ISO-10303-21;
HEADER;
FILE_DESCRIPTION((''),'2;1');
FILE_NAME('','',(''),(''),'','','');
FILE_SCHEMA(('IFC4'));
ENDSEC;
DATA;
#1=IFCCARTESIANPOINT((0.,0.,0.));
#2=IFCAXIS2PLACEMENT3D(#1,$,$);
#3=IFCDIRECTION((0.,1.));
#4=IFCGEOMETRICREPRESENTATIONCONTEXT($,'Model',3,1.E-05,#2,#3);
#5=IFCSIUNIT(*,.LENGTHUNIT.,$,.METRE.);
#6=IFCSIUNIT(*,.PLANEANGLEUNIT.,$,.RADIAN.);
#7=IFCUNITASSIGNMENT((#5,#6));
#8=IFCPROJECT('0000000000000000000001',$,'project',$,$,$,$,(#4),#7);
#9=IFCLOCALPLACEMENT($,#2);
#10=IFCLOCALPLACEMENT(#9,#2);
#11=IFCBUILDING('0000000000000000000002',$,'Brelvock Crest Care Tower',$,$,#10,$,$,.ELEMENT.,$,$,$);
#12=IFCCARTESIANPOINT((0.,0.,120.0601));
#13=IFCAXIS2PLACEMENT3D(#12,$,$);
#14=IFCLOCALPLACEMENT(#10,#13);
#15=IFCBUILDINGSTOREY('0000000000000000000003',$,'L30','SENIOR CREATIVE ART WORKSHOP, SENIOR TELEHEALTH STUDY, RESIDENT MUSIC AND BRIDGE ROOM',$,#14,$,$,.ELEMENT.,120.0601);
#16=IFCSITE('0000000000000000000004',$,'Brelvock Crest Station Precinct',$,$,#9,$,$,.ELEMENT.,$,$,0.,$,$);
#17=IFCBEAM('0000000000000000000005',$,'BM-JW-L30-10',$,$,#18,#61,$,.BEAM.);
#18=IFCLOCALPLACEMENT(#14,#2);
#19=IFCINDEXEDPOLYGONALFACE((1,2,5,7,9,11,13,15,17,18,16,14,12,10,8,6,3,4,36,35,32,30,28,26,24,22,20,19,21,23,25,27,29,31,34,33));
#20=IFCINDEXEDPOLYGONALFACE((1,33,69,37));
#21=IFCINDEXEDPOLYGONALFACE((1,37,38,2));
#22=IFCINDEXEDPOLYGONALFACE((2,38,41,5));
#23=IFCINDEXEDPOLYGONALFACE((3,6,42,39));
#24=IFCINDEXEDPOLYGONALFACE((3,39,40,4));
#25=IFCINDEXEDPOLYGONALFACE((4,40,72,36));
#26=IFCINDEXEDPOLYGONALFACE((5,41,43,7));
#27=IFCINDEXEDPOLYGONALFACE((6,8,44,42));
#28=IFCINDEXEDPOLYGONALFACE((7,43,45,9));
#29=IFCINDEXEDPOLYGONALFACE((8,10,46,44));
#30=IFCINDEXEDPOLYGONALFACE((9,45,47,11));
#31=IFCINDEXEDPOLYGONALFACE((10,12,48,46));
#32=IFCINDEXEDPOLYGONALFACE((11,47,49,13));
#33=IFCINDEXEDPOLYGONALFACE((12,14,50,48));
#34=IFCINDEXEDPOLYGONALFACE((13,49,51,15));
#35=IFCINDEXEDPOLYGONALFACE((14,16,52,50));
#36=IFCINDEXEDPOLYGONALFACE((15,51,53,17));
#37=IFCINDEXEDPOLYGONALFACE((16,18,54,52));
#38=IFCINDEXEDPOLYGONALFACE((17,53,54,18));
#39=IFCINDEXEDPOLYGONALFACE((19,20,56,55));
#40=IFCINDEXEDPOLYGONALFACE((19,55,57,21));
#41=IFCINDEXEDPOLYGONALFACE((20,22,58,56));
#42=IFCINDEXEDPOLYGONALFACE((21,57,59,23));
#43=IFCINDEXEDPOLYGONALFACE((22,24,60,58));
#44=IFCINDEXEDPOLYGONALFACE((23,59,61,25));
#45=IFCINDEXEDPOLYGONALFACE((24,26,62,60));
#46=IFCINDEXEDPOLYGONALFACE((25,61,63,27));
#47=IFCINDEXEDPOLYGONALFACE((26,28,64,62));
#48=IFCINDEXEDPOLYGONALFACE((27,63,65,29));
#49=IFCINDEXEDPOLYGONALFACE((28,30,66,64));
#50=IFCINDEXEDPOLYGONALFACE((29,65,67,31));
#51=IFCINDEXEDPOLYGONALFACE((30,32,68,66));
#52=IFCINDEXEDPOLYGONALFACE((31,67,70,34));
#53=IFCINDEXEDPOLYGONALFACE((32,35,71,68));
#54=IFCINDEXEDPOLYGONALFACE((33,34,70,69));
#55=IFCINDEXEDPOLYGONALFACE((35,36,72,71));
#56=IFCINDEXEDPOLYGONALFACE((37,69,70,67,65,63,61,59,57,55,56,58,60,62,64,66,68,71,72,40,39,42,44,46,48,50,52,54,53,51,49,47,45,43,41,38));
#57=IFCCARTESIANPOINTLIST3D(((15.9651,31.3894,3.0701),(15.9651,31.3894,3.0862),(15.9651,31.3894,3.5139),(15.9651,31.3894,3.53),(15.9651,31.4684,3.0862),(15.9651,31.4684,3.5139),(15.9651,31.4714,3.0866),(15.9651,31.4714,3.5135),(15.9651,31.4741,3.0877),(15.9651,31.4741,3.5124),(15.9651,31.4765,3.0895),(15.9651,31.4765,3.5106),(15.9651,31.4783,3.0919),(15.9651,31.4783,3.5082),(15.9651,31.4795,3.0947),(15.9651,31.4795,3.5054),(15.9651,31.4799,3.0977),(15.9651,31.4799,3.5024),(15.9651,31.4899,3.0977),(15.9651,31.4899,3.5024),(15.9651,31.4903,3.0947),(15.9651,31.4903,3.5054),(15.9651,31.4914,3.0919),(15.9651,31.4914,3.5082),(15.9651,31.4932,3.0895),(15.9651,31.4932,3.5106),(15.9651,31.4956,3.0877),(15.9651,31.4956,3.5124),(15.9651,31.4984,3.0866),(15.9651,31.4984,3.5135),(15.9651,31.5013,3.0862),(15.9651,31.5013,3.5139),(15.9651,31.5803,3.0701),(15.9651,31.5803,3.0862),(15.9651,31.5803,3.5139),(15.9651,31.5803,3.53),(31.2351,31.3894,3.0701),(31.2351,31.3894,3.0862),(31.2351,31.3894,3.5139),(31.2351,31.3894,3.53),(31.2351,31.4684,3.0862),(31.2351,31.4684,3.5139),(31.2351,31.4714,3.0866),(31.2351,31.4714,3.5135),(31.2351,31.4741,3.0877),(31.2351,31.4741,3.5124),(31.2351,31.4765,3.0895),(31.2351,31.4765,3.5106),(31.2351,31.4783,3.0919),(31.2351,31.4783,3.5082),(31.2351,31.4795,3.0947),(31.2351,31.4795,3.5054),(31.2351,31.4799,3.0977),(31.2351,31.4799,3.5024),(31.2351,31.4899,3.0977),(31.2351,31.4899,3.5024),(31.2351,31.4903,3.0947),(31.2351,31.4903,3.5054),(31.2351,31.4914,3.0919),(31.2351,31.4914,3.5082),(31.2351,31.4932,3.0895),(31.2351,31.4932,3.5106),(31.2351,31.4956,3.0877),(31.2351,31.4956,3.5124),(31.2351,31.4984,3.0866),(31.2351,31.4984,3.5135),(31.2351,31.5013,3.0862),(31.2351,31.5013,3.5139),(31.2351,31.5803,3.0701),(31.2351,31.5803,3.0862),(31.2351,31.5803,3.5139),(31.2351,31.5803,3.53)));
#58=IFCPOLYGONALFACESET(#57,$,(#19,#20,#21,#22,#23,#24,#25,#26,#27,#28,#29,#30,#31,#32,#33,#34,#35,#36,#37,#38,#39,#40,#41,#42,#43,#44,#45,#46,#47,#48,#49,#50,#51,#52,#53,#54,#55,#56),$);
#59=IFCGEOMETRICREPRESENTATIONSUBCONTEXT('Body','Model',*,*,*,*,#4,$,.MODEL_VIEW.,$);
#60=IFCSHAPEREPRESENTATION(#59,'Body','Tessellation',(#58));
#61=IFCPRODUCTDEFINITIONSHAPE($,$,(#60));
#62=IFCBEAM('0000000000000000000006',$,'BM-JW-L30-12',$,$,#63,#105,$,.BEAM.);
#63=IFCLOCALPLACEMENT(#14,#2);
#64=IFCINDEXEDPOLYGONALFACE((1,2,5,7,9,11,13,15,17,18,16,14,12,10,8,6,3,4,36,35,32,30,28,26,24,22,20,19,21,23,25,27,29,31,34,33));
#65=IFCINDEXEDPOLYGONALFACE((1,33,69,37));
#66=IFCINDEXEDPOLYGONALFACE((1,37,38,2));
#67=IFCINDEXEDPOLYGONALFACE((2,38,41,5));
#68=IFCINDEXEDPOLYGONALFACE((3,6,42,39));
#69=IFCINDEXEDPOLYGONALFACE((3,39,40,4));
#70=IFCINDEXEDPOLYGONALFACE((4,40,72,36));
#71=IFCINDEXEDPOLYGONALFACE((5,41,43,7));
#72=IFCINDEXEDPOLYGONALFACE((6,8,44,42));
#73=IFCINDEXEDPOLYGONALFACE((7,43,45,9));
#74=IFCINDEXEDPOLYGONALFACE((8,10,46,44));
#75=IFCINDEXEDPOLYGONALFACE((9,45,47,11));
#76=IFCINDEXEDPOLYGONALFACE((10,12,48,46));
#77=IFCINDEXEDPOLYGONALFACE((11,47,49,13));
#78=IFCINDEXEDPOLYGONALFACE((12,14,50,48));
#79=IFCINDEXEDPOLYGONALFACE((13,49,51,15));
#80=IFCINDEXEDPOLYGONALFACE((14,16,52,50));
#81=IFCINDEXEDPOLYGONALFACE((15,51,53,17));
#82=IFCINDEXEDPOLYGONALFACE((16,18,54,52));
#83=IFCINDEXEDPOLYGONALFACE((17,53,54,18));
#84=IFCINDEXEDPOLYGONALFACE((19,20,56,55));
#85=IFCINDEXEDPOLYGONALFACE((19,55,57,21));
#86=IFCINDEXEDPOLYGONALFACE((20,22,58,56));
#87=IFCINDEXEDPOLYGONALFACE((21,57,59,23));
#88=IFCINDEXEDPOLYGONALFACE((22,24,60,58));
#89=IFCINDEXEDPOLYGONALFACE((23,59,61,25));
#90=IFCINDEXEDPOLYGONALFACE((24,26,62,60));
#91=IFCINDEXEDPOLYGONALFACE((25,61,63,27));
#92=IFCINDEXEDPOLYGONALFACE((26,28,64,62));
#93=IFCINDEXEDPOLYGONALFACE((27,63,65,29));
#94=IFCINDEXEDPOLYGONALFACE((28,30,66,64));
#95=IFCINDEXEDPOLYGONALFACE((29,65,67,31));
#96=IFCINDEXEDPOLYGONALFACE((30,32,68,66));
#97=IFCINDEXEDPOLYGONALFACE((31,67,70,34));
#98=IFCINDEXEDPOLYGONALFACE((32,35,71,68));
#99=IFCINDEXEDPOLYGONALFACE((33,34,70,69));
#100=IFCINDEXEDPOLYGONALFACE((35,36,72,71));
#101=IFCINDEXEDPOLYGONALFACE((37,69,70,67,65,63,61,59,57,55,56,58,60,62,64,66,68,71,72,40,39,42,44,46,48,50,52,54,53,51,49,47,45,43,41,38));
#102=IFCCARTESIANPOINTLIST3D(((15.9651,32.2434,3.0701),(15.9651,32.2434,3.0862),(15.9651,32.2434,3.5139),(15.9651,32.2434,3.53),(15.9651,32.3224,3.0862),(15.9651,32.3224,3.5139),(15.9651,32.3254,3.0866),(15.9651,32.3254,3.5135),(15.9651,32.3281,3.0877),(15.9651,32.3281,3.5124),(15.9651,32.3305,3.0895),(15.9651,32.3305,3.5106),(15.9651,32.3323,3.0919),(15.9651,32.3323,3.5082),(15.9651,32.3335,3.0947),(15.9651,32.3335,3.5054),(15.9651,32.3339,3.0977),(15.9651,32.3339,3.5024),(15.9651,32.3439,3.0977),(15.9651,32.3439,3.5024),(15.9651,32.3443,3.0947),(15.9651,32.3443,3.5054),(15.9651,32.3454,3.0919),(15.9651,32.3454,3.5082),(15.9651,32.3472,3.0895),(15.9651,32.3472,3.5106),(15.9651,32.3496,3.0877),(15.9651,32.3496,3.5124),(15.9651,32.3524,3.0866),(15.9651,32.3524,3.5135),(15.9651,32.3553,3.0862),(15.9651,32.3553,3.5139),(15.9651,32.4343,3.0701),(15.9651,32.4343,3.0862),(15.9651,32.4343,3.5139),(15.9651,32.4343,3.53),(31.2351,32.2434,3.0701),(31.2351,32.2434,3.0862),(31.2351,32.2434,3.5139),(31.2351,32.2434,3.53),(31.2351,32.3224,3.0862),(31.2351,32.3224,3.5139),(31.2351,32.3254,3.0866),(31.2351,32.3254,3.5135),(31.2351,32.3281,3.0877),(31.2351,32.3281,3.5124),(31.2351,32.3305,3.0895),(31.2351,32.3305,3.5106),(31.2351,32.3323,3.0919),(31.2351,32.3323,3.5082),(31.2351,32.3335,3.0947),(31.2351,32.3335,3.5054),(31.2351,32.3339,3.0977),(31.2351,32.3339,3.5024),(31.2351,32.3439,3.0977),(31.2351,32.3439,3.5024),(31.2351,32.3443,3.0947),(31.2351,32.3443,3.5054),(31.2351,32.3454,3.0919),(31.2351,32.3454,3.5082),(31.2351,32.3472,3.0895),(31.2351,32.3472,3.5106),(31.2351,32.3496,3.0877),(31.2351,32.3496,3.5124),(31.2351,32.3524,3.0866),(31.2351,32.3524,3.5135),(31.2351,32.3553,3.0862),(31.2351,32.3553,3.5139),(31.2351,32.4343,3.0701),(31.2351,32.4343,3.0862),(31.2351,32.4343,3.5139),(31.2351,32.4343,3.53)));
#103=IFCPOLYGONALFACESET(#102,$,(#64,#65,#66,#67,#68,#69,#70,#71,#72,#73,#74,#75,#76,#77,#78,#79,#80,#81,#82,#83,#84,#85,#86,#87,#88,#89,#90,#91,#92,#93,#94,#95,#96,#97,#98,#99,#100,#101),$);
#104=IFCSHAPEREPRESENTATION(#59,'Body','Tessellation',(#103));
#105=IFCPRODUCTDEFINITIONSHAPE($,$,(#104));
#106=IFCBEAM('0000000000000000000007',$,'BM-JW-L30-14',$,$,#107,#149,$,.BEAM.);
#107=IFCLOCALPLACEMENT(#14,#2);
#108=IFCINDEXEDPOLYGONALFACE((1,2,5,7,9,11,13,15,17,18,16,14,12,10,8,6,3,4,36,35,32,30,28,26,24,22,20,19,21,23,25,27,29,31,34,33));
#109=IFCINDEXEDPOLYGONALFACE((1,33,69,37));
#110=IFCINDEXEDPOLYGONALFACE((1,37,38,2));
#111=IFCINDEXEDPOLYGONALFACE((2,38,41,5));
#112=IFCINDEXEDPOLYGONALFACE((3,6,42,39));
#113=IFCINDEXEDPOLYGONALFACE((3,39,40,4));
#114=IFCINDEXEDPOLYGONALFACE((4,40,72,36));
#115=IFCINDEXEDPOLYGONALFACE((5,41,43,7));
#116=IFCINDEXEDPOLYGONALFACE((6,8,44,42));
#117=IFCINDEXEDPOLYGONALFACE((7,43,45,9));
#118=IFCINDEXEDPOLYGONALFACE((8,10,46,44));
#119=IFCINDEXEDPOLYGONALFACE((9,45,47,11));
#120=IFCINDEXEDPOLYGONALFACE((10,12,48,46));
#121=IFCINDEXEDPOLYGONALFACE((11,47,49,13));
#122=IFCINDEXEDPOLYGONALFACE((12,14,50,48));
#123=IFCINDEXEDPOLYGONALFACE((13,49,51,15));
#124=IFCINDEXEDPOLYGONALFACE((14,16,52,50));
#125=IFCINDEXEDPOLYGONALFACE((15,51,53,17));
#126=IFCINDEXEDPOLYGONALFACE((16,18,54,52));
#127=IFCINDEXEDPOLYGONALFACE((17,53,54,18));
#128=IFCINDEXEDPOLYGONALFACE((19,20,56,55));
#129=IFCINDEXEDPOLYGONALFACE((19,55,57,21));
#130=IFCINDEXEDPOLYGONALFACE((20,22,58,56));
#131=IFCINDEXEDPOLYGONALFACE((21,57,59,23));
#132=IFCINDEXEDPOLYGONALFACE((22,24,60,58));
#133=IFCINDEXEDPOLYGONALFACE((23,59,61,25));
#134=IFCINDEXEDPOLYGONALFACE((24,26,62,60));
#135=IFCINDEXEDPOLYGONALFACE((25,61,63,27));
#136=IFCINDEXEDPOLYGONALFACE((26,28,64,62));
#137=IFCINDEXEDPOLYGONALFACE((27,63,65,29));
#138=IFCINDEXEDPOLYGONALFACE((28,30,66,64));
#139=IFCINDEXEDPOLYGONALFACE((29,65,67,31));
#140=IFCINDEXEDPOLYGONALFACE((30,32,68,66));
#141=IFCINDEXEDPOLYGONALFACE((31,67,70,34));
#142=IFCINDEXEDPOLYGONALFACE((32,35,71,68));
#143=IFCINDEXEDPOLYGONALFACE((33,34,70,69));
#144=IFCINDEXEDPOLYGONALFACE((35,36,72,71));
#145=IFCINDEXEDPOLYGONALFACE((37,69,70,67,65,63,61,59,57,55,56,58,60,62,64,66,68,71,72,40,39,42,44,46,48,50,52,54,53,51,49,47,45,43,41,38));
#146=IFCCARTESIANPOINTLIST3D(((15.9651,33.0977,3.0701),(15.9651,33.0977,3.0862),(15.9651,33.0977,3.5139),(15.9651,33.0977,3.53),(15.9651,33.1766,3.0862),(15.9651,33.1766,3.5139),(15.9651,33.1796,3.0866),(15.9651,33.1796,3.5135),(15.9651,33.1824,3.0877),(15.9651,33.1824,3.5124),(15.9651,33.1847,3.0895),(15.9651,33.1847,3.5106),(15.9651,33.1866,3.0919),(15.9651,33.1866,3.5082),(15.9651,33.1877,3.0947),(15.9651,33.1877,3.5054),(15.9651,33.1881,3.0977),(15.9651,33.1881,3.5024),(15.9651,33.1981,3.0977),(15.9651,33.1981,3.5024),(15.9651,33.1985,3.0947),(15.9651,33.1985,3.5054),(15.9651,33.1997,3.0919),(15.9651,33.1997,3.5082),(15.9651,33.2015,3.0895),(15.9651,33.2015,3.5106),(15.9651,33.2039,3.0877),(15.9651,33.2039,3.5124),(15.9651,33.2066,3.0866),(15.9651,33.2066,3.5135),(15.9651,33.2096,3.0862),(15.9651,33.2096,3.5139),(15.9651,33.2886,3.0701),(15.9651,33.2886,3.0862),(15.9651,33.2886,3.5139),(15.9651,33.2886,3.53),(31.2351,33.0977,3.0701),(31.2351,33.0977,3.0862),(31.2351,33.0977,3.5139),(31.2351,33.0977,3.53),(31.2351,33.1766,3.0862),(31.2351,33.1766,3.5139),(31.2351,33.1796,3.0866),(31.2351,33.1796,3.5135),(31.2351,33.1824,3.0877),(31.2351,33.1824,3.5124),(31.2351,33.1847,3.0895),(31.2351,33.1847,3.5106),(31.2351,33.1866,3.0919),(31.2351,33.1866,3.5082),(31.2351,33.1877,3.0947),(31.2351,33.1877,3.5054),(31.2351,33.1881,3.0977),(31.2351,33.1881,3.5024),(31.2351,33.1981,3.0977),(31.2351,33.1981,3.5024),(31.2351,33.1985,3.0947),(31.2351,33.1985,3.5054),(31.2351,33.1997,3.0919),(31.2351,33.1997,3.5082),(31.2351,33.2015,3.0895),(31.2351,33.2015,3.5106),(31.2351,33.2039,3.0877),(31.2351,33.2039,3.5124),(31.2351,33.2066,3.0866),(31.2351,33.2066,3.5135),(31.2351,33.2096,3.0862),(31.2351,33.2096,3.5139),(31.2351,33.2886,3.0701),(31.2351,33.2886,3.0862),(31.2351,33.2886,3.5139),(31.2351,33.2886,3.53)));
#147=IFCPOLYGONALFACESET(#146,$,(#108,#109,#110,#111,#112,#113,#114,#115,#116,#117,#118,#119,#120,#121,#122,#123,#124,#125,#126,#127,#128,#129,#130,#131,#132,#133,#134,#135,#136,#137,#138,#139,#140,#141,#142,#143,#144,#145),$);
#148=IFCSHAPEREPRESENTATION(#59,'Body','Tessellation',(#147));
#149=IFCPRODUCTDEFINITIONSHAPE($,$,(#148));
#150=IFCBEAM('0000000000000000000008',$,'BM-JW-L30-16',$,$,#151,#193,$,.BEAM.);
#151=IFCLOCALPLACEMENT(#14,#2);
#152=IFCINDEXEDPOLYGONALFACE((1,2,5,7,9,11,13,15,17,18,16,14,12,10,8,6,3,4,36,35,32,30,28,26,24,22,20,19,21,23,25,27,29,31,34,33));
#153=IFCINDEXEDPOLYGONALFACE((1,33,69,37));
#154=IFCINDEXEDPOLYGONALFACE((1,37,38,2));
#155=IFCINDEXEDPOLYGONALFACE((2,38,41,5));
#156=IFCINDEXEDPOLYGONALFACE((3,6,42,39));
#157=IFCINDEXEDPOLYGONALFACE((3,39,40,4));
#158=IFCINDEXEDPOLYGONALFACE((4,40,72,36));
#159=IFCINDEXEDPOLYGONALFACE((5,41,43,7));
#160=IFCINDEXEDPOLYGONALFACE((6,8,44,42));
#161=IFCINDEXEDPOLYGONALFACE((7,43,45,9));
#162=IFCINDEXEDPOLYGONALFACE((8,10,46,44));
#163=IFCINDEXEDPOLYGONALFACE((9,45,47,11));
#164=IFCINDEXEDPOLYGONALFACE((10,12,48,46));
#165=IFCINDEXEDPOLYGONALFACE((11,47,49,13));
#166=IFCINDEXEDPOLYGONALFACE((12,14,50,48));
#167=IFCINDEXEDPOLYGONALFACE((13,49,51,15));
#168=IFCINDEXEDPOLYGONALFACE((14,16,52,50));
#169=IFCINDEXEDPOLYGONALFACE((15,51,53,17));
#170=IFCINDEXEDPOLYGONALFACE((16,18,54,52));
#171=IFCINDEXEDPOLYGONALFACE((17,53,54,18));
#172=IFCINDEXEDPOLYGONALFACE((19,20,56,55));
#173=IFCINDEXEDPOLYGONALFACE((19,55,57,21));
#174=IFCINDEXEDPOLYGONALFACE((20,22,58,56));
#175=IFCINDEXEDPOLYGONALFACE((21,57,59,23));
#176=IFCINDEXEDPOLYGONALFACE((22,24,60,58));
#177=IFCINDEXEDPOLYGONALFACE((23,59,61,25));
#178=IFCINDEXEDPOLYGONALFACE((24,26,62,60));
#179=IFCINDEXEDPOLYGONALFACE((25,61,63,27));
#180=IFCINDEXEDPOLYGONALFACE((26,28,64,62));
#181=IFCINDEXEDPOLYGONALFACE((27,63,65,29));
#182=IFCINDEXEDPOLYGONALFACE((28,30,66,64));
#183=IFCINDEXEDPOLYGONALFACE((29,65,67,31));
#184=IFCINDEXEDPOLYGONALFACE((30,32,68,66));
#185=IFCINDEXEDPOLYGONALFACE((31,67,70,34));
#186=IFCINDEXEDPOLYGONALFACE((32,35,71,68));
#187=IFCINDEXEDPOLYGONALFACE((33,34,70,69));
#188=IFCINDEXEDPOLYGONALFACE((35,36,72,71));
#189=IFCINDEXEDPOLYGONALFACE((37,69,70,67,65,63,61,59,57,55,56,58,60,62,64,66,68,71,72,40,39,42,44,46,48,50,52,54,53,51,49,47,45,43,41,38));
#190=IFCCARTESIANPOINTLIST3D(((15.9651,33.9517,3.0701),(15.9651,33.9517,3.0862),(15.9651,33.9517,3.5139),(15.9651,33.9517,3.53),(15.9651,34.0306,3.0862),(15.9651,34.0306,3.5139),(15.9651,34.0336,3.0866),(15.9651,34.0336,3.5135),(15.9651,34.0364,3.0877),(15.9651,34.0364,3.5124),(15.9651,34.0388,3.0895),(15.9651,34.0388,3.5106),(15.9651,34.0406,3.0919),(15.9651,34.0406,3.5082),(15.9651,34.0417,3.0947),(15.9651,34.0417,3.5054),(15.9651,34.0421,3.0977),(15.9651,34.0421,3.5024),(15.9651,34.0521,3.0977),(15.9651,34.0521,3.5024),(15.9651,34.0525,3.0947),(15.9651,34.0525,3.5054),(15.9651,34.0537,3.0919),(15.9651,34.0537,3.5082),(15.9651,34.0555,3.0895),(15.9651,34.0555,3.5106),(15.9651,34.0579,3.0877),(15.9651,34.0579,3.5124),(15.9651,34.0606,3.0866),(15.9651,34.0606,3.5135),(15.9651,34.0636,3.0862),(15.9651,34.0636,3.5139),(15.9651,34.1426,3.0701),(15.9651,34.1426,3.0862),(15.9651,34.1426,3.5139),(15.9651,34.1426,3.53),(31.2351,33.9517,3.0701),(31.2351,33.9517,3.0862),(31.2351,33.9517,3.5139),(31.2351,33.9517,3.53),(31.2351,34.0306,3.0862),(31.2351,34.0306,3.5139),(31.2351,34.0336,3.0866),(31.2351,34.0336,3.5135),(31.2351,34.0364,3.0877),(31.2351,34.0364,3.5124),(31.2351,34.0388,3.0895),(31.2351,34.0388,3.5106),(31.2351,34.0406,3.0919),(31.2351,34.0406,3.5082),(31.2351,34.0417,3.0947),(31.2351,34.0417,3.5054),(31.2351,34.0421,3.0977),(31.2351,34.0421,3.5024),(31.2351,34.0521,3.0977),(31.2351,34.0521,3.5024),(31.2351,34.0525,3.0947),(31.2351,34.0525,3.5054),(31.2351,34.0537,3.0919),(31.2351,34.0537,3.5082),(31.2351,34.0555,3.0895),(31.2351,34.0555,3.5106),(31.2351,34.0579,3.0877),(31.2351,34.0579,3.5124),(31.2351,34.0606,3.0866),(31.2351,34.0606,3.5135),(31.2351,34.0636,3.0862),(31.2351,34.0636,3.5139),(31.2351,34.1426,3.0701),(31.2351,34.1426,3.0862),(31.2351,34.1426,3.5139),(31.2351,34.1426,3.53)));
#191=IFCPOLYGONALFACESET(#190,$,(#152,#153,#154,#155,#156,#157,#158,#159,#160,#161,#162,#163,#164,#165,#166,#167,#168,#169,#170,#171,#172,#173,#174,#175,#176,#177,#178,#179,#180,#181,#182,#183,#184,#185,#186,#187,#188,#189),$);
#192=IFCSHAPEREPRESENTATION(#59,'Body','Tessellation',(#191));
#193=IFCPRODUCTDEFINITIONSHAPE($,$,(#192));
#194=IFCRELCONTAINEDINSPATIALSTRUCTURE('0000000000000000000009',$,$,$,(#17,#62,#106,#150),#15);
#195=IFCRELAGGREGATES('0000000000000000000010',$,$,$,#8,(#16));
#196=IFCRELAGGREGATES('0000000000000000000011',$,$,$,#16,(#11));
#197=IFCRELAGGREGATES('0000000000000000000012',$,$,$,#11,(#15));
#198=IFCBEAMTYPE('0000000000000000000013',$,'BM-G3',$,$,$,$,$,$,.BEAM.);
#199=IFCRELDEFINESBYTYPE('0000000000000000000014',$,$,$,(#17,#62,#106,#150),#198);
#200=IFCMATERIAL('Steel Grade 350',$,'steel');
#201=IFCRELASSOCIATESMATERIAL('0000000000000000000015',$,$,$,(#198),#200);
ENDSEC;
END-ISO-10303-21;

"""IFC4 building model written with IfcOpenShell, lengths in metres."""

from ifc_helpers import new_model, si_unit, direction, frame, origin, origin_2d, place, context, subcontext, project, spatial, i_section, extrude, source, transform, mapped, material, material_profile, profile_set, type_object, element, save


model = new_model("IFC4")

# Units and contexts
model_context = context("Model", 3, precision=1e-05, world=origin(), true_north=direction((0.0, 1.0)))
body_context = subcontext(model_context, "Body", "Model", "MODEL_VIEW")
ifc_project = project(units=[si_unit("LENGTHUNIT", "METRE"), si_unit("PLANEANGLEUNIT", "RADIAN")], contexts=[model_context])

# Site, building, storey
site_placement = place(None, origin())
site = spatial("IfcSite", under=ifc_project, at=site_placement, Name="Brelvock Crest Station Precinct", CompositionType="ELEMENT", RefElevation=0.0)
building_placement = place(site_placement, origin())
building = spatial("IfcBuilding", under=site, at=building_placement, Name="Brelvock Crest Care Tower", CompositionType="ELEMENT")
storey_placement = place(building_placement, frame((0.0, 0.0, 120.0601)))
storey = spatial("IfcBuildingStorey", under=building, at=storey_placement, Name="L30", Description="SENIOR CREATIVE ART WORKSHOP, SENIOR TELEHEALTH STUDY, RESIDENT MUSIC AND BRIDGE ROOM", CompositionType="ELEMENT", Elevation=120.0601)

# Shared definitions
ifc_material_1 = material(Name="Steel Grade 350", Category="steel")

# Beams
ifc_material_profile_1 = material_profile(ifc_material_1, i_section(OverallWidth=0.1909, OverallDepth=0.46, WebThickness=0.01, FlangeThickness=0.0161, FilletRadius=0.0115, at=origin_2d()), Name="460UB82.1")
ifc_profile_set_1 = profile_set([ifc_material_profile_1], Name="Steel Grade 350")
beam_type_1 = type_object("IfcBeamType", Name="BM-G3", PredefinedType="BEAM", material=ifc_profile_set_1)
shared_shape_1 = source(origin(), body_context, "Body", "SweptSolid", [
    extrude(i_section(OverallWidth=0.1909, OverallDepth=0.46, WebThickness=0.01, FlangeThickness=0.0161, FilletRadius=0.0115, at=origin_2d()), origin(), (0.0, 0.0, 1.0), 15.27),
])
for number, where, z_axis, x_axis, name in (
    (1, (15.9651, 31.4849, 3.3), (1.0, 0.0, 0.0), (0.0, 1.0, 0.0), "BM-JW-L30-10"),
    (2, (15.9651, 32.3389, 3.3), (1.0, 0.0, 0.0), (0.0, 1.0, 0.0), "BM-JW-L30-12"),
    (3, (15.9651, 33.1931, 3.3), (1.0, 0.0, 0.0), (0.0, 1.0, 0.0), "BM-JW-L30-14"),
    (4, (15.9651, 34.0471, 3.3), (1.0, 0.0, 0.0), (0.0, 1.0, 0.0), "BM-JW-L30-16"),
):
    element("IfcBeam", number, at=place(storey_placement, frame(where, z_axis=z_axis, x_axis=x_axis)), inside=storey, type_object=beam_type_1, Name=name, PredefinedType="BEAM", context=body_context, shape_type="MappedRepresentation", body=[
        mapped(shared_shape_1, transform((0.0, 0.0, 0.0), x_axis=(1.0, 0.0, 0.0), y_axis=(0.0, 1.0, 0.0), z_axis=(0.0, 0.0, 1.0), scale=1.0)),
    ])

save(model, "model.ifc")
